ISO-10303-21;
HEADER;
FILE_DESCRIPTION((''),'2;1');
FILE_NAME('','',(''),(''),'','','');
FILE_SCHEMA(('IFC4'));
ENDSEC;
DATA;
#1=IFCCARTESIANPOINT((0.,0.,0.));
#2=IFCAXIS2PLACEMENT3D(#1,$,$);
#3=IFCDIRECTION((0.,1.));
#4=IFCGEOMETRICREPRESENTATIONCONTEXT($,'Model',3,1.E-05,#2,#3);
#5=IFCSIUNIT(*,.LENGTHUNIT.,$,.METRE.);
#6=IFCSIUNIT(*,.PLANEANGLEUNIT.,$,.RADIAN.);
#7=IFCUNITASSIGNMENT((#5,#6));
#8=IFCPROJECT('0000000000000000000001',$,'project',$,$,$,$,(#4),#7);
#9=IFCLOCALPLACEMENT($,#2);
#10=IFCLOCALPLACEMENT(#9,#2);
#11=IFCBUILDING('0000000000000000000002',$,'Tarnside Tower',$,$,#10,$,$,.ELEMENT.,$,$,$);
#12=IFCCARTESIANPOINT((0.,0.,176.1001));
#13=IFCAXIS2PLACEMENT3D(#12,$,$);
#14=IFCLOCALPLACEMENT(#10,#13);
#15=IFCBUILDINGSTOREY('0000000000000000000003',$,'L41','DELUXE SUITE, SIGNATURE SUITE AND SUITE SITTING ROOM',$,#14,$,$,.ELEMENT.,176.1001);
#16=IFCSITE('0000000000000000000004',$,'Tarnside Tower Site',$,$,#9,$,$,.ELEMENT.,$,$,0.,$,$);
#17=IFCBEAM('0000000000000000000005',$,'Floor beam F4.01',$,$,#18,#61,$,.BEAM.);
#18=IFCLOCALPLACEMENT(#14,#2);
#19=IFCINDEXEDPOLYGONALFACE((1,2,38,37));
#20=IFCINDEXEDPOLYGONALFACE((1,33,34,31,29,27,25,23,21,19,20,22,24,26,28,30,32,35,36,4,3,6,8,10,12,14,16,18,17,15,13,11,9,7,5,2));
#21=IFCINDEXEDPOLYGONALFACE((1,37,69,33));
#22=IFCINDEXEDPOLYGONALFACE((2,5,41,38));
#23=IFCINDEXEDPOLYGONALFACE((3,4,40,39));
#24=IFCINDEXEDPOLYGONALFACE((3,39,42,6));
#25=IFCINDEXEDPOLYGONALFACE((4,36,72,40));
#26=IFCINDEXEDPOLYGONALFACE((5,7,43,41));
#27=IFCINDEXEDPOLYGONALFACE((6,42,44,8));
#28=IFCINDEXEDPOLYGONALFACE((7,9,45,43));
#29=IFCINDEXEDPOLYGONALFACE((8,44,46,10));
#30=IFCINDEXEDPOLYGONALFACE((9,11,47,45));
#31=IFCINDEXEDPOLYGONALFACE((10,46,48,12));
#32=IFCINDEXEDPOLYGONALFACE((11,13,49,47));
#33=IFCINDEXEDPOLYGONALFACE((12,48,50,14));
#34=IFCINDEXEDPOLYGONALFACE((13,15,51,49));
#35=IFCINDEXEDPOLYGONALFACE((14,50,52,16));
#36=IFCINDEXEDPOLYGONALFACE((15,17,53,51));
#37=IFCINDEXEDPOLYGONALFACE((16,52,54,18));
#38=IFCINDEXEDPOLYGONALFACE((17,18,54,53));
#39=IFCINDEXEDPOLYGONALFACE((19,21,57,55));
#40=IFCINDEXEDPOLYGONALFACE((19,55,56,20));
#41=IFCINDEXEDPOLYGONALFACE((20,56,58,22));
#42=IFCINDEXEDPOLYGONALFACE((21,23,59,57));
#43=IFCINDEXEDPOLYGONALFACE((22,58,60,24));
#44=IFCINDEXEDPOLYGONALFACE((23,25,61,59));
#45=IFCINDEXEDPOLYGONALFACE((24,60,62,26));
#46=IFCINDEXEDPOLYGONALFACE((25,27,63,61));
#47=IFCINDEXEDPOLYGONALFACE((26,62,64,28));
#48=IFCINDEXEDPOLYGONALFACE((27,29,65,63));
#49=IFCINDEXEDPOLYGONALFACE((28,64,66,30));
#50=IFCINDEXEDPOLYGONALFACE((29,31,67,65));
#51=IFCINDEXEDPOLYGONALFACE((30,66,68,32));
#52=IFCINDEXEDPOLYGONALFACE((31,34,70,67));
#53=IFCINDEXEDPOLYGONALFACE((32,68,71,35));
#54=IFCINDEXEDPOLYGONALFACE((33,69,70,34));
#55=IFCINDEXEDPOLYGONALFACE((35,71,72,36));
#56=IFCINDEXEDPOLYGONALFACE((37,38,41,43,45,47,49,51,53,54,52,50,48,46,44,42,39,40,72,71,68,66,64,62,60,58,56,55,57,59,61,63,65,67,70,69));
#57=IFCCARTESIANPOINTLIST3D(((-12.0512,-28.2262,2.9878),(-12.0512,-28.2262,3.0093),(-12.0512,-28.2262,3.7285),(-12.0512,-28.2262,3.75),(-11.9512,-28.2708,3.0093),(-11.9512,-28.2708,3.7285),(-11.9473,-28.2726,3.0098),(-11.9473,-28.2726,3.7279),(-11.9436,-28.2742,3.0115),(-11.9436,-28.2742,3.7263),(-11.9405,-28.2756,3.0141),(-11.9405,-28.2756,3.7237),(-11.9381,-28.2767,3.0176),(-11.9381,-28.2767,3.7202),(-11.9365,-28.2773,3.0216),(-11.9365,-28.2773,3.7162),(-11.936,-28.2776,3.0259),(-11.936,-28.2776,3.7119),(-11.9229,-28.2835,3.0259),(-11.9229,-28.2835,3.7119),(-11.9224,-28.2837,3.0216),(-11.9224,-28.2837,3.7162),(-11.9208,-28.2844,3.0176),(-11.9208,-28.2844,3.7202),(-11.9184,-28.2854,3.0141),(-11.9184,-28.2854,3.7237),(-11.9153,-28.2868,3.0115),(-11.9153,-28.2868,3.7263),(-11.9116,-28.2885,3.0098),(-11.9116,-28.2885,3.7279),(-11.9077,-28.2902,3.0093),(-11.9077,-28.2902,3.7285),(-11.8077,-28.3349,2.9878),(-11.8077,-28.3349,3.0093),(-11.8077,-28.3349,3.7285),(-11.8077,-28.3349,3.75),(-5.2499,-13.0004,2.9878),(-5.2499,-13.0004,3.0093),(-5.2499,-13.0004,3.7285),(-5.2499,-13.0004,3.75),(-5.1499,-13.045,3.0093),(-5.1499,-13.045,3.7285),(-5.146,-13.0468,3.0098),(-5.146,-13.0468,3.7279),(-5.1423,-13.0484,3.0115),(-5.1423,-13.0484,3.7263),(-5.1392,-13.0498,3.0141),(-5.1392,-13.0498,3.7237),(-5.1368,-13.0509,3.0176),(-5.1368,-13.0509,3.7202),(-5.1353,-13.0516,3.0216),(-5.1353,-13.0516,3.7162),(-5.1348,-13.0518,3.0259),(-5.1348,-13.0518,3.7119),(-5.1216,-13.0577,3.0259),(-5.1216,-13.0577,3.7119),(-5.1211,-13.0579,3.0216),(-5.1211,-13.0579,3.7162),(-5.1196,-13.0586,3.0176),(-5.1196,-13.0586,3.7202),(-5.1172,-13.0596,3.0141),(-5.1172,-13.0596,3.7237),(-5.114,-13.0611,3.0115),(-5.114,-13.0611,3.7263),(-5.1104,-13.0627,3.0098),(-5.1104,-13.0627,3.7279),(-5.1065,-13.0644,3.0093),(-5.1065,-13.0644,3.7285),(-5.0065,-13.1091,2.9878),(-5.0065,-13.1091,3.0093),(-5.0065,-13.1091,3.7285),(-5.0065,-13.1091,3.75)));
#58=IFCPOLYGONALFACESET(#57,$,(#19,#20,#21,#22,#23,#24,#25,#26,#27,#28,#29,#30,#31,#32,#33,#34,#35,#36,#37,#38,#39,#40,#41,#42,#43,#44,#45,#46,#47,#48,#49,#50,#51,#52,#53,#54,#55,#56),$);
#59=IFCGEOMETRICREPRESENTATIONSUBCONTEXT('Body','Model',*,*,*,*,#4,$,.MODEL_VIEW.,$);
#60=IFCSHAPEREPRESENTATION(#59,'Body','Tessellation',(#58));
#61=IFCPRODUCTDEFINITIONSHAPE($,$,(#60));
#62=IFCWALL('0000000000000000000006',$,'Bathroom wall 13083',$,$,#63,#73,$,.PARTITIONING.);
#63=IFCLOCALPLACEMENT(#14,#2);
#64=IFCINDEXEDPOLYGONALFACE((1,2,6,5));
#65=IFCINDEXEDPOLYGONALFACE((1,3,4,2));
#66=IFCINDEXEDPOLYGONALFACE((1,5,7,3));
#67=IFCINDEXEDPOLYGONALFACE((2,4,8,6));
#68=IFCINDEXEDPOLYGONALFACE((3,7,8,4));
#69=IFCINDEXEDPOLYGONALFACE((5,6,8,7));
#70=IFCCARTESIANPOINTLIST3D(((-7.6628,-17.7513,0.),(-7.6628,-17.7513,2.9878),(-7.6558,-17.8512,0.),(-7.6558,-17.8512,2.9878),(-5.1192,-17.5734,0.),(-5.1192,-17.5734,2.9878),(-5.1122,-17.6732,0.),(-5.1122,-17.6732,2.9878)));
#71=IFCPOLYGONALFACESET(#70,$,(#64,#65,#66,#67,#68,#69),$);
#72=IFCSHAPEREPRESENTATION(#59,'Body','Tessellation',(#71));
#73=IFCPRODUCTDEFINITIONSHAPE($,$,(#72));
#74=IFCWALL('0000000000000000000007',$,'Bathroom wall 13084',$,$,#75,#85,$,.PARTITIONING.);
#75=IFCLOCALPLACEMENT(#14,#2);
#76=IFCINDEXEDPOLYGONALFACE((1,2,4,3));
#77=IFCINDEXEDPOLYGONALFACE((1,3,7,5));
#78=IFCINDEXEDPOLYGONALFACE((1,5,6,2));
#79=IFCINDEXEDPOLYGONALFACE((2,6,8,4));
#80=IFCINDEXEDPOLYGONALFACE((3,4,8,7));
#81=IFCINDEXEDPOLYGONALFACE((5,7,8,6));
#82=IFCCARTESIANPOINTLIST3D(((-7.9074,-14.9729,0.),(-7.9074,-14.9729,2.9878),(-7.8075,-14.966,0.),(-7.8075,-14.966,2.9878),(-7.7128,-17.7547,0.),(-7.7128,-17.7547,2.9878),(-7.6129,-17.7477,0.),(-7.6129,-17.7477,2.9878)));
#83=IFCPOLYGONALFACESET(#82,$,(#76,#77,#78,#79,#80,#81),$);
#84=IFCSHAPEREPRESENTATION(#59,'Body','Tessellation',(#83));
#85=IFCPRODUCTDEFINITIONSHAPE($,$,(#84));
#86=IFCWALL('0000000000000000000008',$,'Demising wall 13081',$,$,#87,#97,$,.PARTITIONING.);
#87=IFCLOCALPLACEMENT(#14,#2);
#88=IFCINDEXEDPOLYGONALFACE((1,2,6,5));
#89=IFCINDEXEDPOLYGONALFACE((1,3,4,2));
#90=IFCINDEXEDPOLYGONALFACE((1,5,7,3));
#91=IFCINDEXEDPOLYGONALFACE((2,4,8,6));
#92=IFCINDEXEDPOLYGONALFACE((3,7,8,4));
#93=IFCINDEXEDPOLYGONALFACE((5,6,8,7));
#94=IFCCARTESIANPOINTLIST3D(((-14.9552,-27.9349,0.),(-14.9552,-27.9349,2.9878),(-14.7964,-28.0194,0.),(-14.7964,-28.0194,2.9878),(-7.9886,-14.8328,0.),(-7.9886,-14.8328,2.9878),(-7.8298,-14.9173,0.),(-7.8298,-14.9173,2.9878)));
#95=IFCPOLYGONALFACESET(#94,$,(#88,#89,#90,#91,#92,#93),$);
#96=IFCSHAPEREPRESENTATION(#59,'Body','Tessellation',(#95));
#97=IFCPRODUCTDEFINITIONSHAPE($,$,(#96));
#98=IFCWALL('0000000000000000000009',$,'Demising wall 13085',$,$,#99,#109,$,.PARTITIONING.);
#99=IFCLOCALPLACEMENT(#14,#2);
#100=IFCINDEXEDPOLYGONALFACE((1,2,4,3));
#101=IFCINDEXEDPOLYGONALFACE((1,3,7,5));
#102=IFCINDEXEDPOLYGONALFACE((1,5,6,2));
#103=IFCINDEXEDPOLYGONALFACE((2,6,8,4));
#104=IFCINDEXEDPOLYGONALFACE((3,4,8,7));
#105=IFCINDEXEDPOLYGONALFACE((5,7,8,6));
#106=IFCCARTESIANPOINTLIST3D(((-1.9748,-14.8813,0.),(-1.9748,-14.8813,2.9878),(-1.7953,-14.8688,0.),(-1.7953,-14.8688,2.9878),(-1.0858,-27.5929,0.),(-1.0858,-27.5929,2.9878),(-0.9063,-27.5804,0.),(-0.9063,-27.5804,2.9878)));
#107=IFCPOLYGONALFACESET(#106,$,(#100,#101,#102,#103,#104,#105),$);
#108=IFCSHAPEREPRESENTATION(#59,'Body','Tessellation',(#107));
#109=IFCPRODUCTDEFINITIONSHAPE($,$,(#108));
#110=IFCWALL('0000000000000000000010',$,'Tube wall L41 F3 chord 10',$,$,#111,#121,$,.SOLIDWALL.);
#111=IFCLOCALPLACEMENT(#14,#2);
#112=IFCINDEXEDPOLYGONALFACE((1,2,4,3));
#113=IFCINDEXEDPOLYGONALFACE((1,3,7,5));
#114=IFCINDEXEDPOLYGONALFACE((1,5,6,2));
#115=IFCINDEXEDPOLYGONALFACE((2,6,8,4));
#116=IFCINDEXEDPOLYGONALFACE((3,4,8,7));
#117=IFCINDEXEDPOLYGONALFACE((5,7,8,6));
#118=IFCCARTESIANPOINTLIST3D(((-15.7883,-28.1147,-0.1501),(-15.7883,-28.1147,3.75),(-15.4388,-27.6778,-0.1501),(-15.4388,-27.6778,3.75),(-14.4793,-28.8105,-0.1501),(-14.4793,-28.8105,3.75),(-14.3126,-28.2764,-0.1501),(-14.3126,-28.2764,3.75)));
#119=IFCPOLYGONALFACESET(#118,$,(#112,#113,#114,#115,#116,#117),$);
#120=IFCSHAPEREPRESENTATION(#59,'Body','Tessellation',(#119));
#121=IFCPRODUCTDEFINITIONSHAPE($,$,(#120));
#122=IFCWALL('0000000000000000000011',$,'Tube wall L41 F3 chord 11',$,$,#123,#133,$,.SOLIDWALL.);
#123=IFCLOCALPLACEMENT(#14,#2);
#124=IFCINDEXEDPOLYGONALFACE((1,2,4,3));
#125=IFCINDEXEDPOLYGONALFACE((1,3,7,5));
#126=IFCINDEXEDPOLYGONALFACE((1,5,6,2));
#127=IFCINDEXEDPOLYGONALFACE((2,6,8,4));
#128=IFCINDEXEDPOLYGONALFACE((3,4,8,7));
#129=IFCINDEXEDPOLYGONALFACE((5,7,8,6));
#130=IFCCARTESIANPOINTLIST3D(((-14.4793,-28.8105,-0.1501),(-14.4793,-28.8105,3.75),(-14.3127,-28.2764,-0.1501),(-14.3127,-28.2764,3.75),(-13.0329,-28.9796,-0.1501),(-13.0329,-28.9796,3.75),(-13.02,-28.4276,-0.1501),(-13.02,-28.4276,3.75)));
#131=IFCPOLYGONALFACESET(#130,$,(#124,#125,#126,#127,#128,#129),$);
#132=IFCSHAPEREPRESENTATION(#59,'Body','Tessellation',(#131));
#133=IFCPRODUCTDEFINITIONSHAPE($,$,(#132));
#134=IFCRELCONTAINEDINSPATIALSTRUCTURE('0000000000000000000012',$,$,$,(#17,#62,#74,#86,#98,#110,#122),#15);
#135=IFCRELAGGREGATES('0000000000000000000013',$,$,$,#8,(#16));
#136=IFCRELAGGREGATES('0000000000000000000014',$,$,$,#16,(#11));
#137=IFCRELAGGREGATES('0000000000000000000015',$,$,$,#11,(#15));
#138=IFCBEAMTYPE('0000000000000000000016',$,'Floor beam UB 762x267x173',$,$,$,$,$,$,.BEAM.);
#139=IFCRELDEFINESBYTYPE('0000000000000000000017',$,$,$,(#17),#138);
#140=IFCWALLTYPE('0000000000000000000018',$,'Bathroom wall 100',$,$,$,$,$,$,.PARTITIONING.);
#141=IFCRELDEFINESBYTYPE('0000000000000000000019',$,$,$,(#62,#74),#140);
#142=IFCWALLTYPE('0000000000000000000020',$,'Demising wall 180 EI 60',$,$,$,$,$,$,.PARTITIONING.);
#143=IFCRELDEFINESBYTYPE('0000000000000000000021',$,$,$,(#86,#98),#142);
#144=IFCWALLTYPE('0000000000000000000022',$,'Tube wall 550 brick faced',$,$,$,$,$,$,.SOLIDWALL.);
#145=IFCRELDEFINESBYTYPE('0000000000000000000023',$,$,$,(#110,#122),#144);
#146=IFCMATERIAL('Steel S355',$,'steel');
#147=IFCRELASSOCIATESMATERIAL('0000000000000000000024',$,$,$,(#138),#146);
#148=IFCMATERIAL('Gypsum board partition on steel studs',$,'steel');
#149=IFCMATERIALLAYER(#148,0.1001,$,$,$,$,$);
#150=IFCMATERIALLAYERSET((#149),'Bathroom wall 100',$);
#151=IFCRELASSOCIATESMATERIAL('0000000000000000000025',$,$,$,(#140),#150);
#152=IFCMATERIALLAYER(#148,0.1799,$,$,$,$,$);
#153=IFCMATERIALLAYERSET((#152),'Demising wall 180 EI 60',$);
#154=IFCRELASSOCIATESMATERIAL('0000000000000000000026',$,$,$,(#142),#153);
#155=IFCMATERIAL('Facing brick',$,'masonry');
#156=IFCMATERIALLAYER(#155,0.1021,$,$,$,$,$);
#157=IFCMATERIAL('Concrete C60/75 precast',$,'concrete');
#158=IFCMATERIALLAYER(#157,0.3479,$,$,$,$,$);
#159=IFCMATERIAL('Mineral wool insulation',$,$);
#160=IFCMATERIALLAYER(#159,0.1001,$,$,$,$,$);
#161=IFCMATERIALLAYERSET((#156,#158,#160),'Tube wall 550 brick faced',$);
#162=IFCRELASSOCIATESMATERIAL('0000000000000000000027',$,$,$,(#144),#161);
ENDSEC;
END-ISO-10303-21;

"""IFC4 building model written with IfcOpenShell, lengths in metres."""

from ifc_helpers import new_model, si_unit, direction, frame, frame_2d, origin, origin_2d, place, context, subcontext, project, spatial, polyline, rectangle, i_section, outline, extrude, material, layer, layer_set, material_profile, profile_set, type_object, element, save


model = new_model("IFC4")

# Units and contexts
model_context = context("Model", 3, precision=1e-05, world=origin(), true_north=direction((0.0, 1.0)))
body_context = subcontext(model_context, "Body", "Model", "MODEL_VIEW")
ifc_project = project(units=[si_unit("LENGTHUNIT", "METRE"), si_unit("PLANEANGLEUNIT", "RADIAN")], contexts=[model_context])

# Site, building, storey
site_placement = place(None, origin())
site = spatial("IfcSite", under=ifc_project, at=site_placement, Name="Tarnside Tower Site", CompositionType="ELEMENT", RefElevation=0.0)
building_placement = place(site_placement, origin())
building = spatial("IfcBuilding", under=site, at=building_placement, Name="Tarnside Tower", CompositionType="ELEMENT")
storey_placement = place(building_placement, frame((0.0, 0.0, 176.1001)))
storey = spatial("IfcBuildingStorey", under=building, at=storey_placement, Name="L41", Description="DELUXE SUITE, SIGNATURE SUITE AND SUITE SITTING ROOM", CompositionType="ELEMENT", Elevation=176.1001)

# Beam
ifc_material_1 = material(Name="Steel S355", Category="steel")
ifc_material_profile_1 = material_profile(ifc_material_1, i_section(OverallWidth=0.2666, OverallDepth=0.7622, WebThickness=0.0144, FlangeThickness=0.0215, FilletRadius=0.0166, at=origin_2d()), Name="UB 762x267x173")
ifc_profile_set_1 = profile_set([ifc_material_profile_1], Name="Steel S355")
beam_type_1 = type_object("IfcBeamType", Name="Floor beam UB 762x267x173", PredefinedType="BEAM", material=ifc_profile_set_1)
beam_1_placement = place(storey_placement, frame((-11.9294, -28.2805, 3.3689), z_axis=(0.407852, 0.913048, 0.0), x_axis=(-0.913048, 0.407852, 0.0)))
element("IfcBeam", 1, at=beam_1_placement, inside=storey, type_object=beam_type_1, Name="Floor beam F4.01", PredefinedType="BEAM", context=body_context, shape_type="SweptSolid", body=[
    extrude(i_section(OverallWidth=0.2666, OverallDepth=0.7622, WebThickness=0.0144, FlangeThickness=0.0215, FilletRadius=0.0166, at=origin_2d()), origin(), (0.0, 0.0, 1.0), 16.6758),
])

# Walls
ifc_material_2 = material(Name="Gypsum board partition on steel studs", Category="steel")
ifc_layer_1 = layer(ifc_material_2, 0.1001)
ifc_layer_set_1 = layer_set([ifc_layer_1], Name="Bathroom wall 100")
wall_type_1 = type_object("IfcWallType", Name="Bathroom wall 100", PredefinedType="PARTITIONING", material=ifc_layer_set_1)
wall_1_placement = place(storey_placement, frame((-5.1157, -17.6233, 0.0), z_axis=(0.0, 0.0, 1.0), x_axis=(-0.997561, -0.069798, 0.0)))
element("IfcWall", 2, at=wall_1_placement, inside=storey, type_object=wall_type_1, Name="Bathroom wall 13083", PredefinedType="PARTITIONING", context=body_context, shape_type="SweptSolid", body=[
    extrude(rectangle(XDim=2.5498, YDim=0.1001, at=frame_2d((1.2749, 0.0))), origin(), (0.0, 0.0, 1.0), 2.9878),
])
wall_2_placement = place(storey_placement, frame((-7.6628, -17.7512, 0.0), z_axis=(0.0, 0.0, 1.0), x_axis=(-0.069779, 0.997563, 0.0)))
element("IfcWall", 3, at=wall_2_placement, inside=storey, type_object=wall_type_1, Name="Bathroom wall 13084", PredefinedType="PARTITIONING", context=body_context, shape_type="SweptSolid", body=[
    extrude(rectangle(XDim=2.7886, YDim=0.1001, at=frame_2d((1.3943, 0.0))), origin(), (0.0, 0.0, 1.0), 2.9878),
])
ifc_layer_2 = layer(ifc_material_2, 0.1799)
ifc_layer_set_2 = layer_set([ifc_layer_2], Name="Demising wall 180 EI 60")
wall_type_2 = type_object("IfcWallType", Name="Demising wall 180 EI 60", PredefinedType="PARTITIONING", material=ifc_layer_set_2)
wall_3_placement = place(storey_placement, frame((-14.8757, -27.9771, 0.0), z_axis=(0.0, 0.0, 1.0), x_axis=(0.469475, 0.882946, 0.0)))
element("IfcWall", 4, at=wall_3_placement, inside=storey, type_object=wall_type_2, Name="Demising wall 13081", PredefinedType="PARTITIONING", context=body_context, shape_type="SweptSolid", body=[
    extrude(rectangle(XDim=14.8391, YDim=0.1799, at=frame_2d((7.4194, 0.0))), origin(), (0.0, 0.0, 1.0), 2.9878),
])
wall_4_placement = place(storey_placement, frame((-0.9961, -27.5867, 0.0), z_axis=(0.0, 0.0, 1.0), x_axis=(-0.069759, 0.997564, 0.0)))
element("IfcWall", 5, at=wall_4_placement, inside=storey, type_object=wall_type_2, Name="Demising wall 13085", PredefinedType="PARTITIONING", context=body_context, shape_type="SweptSolid", body=[
    extrude(rectangle(XDim=12.7427, YDim=0.1799, at=frame_2d((6.3713, 0.0))), origin(), (0.0, 0.0, 1.0), 2.9878),
])
ifc_material_3 = material(Name="Facing brick", Category="masonry")
ifc_layer_3 = layer(ifc_material_3, 0.1021)
ifc_material_4 = material(Name="Concrete C60/75 precast", Category="concrete")
ifc_layer_4 = layer(ifc_material_4, 0.3479)
ifc_material_5 = material(Name="Mineral wool insulation")
ifc_layer_5 = layer(ifc_material_5, 0.1001)
ifc_layer_set_3 = layer_set([ifc_layer_3, ifc_layer_4, ifc_layer_5], Name="Tube wall 550 brick faced")
wall_type_3 = type_object("IfcWallType", Name="Tube wall 550 brick faced", PredefinedType="SOLIDWALL", material=ifc_layer_set_3)
wall_5_placement = place(storey_placement, frame((-15.6135, -27.8962, -0.1501), z_axis=(0.0, 0.0, 1.0), x_axis=(0.882994, -0.469384, 0.0)))
element("IfcWall", 6, at=wall_5_placement, inside=storey, type_object=wall_type_3, Name="Tube wall L41 F3 chord 10", PredefinedType="SOLIDWALL", context=body_context, shape_type="SweptSolid", body=[
    extrude(outline(polyline([(-0.0518, -0.2749), (1.4307, -0.2749), (1.3271, 0.2749), (0.0518, 0.2749), (-0.0518, -0.2749)])), origin(), (0.0, 0.0, 1.0), 3.9001),
])
wall_6_placement = place(storey_placement, frame((-14.396, -28.5435, -0.1501), z_axis=(0.0, 0.0, 1.0), x_axis=(0.993233, -0.116143, 0.0)))
element("IfcWall", 7, at=wall_6_placement, inside=storey, type_object=wall_type_3, Name="Tube wall L41 F3 chord 11", PredefinedType="SOLIDWALL", context=body_context, shape_type="SweptSolid", body=[
    extrude(outline(polyline([(-0.0518, -0.2749), (1.4045, -0.2749), (1.3533, 0.2749), (0.0518, 0.2749), (-0.0518, -0.2749)])), origin(), (0.0, 0.0, 1.0), 3.9001),
])

save(model, "model.ifc")
